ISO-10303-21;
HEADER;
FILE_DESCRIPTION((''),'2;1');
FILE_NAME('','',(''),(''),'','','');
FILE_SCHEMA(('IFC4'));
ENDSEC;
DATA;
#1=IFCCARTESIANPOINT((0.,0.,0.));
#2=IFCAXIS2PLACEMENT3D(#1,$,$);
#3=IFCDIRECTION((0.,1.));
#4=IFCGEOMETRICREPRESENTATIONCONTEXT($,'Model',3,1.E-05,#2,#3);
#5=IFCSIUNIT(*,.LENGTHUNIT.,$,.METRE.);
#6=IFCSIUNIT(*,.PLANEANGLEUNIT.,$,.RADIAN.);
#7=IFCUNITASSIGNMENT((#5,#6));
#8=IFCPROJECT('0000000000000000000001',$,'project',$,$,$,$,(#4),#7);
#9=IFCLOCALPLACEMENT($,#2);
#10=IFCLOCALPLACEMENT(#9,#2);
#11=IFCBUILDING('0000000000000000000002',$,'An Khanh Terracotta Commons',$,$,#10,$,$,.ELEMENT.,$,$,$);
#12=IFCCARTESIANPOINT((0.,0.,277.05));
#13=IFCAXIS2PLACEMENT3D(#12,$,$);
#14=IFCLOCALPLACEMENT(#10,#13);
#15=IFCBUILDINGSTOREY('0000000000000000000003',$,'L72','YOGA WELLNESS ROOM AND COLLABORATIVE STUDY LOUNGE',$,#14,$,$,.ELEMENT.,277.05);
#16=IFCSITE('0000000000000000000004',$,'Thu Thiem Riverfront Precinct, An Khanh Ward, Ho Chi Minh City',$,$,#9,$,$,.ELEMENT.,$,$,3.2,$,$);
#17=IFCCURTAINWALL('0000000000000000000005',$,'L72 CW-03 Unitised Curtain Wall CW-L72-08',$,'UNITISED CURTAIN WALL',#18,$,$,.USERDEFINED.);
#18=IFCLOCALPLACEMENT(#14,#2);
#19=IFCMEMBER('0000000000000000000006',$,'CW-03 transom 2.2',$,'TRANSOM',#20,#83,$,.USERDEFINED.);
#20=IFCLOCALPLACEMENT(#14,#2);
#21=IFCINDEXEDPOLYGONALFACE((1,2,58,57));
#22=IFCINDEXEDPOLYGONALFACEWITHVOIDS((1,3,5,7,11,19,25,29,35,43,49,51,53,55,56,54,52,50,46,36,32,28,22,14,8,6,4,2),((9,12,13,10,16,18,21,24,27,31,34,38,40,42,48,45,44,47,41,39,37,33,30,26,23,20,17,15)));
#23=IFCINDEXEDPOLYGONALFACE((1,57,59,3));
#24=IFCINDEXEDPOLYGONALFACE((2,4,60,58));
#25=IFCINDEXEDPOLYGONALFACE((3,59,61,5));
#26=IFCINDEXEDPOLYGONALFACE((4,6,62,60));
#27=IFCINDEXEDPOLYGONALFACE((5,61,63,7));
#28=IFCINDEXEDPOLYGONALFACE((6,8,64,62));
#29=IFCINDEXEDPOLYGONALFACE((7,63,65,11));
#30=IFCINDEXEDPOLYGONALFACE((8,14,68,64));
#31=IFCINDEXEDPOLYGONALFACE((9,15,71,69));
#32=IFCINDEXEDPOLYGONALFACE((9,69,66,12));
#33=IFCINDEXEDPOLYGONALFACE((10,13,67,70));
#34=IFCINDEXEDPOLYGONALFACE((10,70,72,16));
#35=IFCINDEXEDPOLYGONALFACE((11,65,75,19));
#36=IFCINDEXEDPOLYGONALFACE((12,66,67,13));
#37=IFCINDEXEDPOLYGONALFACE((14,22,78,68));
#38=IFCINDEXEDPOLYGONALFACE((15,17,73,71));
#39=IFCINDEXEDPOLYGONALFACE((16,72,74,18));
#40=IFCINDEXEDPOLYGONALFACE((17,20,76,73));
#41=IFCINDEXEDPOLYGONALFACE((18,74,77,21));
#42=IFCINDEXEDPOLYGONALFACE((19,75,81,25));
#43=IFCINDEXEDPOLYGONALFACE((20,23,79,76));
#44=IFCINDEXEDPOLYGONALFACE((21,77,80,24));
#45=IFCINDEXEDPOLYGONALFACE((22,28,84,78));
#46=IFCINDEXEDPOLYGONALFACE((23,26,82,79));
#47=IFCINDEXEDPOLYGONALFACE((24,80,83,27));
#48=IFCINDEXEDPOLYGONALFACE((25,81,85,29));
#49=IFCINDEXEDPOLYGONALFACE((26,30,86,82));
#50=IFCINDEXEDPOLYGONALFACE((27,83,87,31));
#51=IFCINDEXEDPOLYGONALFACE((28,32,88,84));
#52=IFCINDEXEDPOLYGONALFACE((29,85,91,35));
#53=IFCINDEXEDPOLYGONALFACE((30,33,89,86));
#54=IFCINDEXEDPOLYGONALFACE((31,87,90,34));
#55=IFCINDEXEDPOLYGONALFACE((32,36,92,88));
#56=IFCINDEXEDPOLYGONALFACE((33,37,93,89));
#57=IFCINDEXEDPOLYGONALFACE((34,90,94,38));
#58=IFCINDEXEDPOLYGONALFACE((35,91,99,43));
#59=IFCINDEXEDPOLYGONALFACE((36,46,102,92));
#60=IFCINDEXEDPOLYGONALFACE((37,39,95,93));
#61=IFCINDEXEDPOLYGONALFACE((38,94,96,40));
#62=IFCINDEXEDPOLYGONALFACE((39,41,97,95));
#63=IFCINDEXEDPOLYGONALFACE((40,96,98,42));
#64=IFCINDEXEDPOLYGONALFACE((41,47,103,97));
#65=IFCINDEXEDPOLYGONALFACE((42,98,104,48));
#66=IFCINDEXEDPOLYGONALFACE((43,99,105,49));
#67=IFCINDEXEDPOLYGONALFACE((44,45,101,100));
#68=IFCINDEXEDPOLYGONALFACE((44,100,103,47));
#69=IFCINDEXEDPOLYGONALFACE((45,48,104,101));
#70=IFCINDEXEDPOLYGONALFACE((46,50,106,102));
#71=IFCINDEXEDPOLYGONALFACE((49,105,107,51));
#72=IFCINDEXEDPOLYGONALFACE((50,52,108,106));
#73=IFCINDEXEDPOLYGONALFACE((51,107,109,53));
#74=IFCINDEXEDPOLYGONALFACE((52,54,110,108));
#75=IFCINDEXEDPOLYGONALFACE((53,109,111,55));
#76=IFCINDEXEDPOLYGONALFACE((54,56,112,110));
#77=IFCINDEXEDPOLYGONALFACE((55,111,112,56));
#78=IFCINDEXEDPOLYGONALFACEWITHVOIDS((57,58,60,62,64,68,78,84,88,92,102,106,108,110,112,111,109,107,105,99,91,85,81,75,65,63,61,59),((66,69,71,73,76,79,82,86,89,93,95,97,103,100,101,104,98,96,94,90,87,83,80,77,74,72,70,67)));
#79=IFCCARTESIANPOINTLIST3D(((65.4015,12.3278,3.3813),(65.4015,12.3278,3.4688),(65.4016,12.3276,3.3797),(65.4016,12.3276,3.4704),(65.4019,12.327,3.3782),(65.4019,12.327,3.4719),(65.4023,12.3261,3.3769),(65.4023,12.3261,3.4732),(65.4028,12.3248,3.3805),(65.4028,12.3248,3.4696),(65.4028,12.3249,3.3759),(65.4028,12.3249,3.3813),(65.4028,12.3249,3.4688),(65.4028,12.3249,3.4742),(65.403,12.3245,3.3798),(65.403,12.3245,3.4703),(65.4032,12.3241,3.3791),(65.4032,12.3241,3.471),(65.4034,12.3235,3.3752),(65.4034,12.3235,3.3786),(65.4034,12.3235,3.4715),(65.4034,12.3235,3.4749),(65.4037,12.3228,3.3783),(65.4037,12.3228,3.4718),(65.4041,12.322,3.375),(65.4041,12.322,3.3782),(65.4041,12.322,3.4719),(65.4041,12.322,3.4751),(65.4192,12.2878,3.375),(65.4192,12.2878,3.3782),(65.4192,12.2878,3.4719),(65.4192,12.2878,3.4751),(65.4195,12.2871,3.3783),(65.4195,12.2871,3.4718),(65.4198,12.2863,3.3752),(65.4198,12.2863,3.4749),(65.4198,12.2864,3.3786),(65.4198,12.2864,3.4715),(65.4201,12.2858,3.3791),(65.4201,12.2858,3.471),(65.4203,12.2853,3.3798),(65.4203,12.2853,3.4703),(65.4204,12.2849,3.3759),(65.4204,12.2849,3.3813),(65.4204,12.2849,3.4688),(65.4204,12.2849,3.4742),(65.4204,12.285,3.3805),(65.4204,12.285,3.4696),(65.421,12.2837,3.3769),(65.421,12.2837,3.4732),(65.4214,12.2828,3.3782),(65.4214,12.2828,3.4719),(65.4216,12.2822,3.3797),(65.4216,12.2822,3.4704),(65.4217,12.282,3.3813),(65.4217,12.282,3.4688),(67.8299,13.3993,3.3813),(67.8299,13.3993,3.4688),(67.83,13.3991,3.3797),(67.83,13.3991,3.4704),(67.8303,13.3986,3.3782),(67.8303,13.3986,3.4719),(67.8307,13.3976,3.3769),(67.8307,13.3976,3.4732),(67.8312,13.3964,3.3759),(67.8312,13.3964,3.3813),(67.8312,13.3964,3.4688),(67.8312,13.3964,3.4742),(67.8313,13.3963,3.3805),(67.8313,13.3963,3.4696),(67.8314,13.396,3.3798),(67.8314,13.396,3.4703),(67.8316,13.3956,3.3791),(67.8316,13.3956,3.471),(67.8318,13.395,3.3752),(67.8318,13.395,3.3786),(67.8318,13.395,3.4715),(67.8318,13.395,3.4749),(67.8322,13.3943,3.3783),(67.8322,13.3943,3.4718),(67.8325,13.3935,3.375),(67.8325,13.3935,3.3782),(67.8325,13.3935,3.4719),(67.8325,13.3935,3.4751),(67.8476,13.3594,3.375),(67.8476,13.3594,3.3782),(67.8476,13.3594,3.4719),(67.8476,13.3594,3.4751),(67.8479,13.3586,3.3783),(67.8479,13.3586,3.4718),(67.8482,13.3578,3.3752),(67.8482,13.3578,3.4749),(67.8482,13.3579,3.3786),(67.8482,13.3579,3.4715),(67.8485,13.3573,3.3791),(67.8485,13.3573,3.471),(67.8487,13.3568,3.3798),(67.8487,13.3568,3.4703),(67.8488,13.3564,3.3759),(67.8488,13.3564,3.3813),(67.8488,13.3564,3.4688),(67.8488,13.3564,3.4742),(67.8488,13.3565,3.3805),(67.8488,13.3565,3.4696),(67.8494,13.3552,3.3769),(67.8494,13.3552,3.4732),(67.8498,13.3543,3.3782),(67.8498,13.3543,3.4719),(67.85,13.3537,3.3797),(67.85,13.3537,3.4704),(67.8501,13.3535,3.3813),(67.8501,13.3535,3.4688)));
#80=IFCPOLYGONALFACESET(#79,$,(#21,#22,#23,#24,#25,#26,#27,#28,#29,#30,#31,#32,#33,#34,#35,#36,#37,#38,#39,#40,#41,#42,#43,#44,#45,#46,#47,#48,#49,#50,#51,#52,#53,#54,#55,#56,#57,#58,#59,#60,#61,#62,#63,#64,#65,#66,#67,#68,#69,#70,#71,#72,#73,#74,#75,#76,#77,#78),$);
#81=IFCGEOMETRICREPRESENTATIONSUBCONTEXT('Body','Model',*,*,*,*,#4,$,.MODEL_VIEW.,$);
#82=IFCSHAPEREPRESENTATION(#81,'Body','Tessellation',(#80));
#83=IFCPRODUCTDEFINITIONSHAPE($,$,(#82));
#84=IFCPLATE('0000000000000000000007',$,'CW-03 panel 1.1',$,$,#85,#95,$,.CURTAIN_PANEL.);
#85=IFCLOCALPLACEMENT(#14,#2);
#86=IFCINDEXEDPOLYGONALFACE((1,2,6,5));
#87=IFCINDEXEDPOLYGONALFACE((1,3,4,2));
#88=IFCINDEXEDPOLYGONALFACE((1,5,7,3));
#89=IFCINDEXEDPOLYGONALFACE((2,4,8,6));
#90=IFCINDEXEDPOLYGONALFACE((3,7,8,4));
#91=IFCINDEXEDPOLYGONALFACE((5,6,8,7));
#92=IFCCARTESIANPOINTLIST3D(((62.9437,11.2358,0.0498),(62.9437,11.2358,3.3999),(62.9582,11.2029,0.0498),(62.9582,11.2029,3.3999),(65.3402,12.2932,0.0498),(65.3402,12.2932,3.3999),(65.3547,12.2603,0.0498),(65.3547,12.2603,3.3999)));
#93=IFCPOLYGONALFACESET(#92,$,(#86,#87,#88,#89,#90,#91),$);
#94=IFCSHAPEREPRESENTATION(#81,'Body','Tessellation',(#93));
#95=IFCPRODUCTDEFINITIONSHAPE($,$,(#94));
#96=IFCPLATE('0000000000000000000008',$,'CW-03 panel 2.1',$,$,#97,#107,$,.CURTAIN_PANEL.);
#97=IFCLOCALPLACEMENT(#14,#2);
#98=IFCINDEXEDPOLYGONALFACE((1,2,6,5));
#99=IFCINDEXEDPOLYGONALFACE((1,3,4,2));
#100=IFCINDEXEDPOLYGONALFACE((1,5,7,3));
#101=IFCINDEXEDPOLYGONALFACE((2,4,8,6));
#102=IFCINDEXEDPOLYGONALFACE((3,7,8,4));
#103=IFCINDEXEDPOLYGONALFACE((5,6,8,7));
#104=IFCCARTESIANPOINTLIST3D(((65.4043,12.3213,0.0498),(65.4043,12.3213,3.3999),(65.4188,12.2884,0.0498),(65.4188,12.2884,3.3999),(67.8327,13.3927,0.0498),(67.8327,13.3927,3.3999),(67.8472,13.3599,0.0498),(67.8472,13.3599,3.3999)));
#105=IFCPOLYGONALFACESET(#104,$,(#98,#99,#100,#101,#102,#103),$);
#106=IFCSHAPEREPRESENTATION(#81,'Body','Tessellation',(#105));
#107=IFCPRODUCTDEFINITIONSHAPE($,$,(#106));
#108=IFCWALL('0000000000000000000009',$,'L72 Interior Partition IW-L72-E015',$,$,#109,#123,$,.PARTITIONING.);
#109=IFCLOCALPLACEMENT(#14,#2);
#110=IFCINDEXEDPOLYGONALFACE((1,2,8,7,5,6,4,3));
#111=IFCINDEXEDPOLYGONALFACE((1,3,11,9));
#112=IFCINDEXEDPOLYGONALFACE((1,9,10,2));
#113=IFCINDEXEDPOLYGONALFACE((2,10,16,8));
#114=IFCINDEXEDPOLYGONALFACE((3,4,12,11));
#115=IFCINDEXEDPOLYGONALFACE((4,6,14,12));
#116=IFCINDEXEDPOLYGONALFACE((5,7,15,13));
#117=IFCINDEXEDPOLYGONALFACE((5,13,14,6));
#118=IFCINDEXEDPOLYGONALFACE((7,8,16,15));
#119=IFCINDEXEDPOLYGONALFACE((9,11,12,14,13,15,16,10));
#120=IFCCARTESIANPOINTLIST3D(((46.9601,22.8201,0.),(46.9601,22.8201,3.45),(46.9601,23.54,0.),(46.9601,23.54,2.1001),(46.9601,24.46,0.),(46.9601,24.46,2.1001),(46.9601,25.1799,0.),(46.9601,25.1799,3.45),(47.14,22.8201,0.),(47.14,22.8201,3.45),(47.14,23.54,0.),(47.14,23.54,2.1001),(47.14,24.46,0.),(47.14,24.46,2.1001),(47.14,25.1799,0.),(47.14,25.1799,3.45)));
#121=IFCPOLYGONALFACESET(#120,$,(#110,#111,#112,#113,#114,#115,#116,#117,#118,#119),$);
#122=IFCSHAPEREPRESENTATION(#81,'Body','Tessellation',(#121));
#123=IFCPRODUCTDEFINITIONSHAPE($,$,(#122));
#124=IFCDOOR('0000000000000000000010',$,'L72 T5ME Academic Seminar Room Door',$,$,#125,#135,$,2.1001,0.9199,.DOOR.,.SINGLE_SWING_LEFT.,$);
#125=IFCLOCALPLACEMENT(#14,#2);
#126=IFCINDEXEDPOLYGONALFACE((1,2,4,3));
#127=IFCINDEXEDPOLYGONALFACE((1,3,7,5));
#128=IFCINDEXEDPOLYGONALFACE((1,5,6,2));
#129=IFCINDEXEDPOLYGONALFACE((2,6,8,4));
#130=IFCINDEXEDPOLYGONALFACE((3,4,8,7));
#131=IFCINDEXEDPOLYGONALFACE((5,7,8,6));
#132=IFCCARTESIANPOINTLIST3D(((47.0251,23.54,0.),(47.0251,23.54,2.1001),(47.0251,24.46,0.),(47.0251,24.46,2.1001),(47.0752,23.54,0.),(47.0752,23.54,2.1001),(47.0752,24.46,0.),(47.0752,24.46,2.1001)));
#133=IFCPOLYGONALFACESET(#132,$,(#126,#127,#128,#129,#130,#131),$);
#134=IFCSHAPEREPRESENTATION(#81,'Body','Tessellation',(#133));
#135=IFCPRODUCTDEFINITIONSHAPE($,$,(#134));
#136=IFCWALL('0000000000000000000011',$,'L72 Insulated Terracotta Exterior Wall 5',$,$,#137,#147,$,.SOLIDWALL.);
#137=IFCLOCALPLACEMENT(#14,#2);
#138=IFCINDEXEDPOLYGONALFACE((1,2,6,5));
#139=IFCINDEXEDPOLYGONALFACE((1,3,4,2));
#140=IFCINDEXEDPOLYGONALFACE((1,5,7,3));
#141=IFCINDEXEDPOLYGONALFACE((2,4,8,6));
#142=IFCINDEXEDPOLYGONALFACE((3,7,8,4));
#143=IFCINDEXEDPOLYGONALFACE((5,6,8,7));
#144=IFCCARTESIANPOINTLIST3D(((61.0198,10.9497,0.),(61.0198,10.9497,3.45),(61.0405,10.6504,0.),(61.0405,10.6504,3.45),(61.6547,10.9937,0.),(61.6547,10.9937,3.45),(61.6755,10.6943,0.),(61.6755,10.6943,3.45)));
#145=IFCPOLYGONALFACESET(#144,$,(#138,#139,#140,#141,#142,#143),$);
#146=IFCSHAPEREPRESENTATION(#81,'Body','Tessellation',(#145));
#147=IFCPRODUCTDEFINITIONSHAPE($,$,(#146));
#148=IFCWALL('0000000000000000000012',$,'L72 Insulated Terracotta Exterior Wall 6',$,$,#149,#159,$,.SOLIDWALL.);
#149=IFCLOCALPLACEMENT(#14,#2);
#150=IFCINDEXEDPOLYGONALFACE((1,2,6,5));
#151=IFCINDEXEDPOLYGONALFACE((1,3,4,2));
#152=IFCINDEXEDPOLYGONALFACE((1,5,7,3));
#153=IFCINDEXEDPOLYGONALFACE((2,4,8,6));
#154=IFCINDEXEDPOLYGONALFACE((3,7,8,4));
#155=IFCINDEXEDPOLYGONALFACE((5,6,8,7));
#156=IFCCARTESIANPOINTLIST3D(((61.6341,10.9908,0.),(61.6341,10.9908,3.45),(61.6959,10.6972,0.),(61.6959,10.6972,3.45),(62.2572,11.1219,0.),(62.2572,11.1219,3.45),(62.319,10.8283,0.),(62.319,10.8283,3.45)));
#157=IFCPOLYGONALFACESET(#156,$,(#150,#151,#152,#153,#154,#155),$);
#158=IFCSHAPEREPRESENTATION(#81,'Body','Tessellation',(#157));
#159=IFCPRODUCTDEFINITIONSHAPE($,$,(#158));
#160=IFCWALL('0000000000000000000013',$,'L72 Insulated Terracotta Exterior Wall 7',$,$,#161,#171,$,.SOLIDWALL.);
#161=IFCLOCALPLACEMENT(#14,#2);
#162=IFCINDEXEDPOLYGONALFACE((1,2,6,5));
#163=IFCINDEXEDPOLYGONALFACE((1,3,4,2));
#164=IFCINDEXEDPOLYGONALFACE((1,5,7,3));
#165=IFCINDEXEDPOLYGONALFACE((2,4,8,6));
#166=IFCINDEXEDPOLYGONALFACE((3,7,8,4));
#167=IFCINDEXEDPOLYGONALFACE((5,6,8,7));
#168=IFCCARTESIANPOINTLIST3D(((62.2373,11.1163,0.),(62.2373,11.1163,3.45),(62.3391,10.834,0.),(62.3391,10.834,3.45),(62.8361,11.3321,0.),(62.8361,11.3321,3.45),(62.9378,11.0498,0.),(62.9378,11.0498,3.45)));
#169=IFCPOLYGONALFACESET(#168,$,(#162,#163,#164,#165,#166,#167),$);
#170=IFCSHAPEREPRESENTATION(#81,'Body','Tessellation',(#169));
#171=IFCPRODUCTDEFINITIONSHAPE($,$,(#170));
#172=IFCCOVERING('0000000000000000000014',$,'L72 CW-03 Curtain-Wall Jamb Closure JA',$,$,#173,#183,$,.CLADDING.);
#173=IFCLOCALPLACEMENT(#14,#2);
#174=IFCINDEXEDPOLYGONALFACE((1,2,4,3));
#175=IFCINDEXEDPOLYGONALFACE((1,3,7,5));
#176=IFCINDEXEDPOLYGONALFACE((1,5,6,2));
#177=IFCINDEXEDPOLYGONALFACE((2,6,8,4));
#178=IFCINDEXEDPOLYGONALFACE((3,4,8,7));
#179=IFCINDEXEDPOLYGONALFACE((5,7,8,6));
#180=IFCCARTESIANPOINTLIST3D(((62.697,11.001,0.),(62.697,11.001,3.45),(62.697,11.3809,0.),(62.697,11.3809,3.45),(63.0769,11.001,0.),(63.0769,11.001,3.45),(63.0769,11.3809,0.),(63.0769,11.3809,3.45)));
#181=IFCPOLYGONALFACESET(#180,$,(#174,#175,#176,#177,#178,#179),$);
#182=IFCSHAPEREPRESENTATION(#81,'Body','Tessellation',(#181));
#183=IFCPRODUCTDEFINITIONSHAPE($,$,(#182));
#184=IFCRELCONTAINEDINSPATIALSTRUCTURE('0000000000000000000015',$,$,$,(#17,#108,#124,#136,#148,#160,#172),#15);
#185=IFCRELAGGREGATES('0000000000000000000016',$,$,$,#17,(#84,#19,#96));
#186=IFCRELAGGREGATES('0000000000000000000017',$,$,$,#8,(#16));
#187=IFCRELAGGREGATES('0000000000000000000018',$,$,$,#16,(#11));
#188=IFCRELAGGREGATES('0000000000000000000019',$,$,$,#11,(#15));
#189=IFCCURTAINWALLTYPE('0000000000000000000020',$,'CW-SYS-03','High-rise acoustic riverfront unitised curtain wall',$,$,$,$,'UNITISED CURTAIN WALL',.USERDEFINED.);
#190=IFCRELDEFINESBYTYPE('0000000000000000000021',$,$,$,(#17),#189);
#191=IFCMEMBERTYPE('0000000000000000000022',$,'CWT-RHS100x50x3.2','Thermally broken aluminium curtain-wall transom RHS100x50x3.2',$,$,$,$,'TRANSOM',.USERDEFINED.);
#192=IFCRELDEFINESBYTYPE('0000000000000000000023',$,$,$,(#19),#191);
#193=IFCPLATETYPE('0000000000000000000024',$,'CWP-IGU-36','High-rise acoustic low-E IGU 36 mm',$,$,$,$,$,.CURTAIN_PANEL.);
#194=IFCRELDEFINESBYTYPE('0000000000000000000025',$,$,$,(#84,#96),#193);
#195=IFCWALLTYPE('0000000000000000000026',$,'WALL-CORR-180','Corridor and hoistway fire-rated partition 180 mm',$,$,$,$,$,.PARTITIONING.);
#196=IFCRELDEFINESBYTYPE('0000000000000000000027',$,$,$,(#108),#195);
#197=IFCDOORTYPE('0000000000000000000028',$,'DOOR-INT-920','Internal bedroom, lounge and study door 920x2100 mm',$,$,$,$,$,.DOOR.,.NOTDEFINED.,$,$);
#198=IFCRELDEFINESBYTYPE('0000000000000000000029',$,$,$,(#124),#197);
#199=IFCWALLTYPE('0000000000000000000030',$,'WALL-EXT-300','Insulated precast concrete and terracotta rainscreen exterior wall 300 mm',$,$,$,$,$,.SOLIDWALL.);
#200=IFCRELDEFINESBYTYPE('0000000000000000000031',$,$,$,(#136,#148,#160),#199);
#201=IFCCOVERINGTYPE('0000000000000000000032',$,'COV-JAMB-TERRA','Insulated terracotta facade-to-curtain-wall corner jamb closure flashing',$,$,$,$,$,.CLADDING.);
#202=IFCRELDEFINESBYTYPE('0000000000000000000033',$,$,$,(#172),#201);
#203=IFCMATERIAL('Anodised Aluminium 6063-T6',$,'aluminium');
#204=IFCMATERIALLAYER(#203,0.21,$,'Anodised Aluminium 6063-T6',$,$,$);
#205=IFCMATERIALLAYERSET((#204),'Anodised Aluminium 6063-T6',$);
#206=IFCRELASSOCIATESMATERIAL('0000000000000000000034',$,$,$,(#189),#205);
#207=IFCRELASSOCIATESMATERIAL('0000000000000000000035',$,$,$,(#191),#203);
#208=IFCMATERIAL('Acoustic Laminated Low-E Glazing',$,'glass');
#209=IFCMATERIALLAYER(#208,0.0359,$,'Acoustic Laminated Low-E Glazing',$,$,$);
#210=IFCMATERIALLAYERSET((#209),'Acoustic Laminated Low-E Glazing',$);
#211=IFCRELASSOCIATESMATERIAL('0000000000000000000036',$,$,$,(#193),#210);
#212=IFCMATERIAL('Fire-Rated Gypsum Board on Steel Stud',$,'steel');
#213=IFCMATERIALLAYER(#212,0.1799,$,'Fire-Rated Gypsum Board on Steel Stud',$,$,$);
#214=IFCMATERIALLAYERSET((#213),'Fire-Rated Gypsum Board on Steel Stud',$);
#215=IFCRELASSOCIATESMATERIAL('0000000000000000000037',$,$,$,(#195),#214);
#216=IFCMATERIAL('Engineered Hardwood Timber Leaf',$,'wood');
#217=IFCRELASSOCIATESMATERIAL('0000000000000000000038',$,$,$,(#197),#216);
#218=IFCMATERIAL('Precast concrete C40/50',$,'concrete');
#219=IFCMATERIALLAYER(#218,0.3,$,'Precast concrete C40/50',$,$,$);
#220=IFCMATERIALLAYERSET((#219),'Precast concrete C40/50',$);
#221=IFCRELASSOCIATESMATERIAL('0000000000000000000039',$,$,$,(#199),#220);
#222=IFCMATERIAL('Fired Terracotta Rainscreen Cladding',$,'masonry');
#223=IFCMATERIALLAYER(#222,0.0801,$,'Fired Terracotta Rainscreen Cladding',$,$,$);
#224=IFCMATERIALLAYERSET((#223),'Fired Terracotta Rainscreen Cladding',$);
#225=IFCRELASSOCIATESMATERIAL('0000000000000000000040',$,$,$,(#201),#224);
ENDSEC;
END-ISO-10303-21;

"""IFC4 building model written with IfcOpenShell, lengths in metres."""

from ifc_helpers import new_model, si_unit, direction, frame, frame_2d, origin, origin_2d, place, context, subcontext, project, spatial, rectangle, hollow_rectangle, extrude, material, layer, layer_set, material_profile, profile_set, type_object, element, fill, aggregate, save


model = new_model("IFC4")

# Units and contexts
model_context = context("Model", 3, precision=1e-05, world=origin(), true_north=direction((0.0, 1.0)))
body_context = subcontext(model_context, "Body", "Model", "MODEL_VIEW")
ifc_project = project(units=[si_unit("LENGTHUNIT", "METRE"), si_unit("PLANEANGLEUNIT", "RADIAN")], contexts=[model_context])

# Site, building, storey
site_placement = place(None, origin())
site = spatial("IfcSite", under=ifc_project, at=site_placement, Name="Thu Thiem Riverfront Precinct, An Khanh Ward, Ho Chi Minh City", CompositionType="ELEMENT", RefElevation=3.2)
building_placement = place(site_placement, origin())
building = spatial("IfcBuilding", under=site, at=building_placement, Name="An Khanh Terracotta Commons", CompositionType="ELEMENT")
storey_placement = place(building_placement, frame((0.0, 0.0, 277.05)))
storey = spatial("IfcBuildingStorey", under=building, at=storey_placement, Name="L72", Description="YOGA WELLNESS ROOM AND COLLABORATIVE STUDY LOUNGE", CompositionType="ELEMENT", Elevation=277.05)

# Curtain wall, member, plates
ifc_material_1 = material(Name="Anodised Aluminium 6063-T6", Category="aluminium")
ifc_layer_1 = layer(ifc_material_1, 0.21, Name="Anodised Aluminium 6063-T6")
ifc_layer_set_1 = layer_set([ifc_layer_1], Name="Anodised Aluminium 6063-T6")
curtain_wall_type = type_object("IfcCurtainWallType", Name="CW-SYS-03", Description="High-rise acoustic riverfront unitised curtain wall", ElementType="UNITISED CURTAIN WALL", PredefinedType="USERDEFINED", material=ifc_layer_set_1)
curtain_wall_placement = place(storey_placement, origin())
curtain_wall = element("IfcCurtainWall", 1, at=curtain_wall_placement, inside=storey, type_object=curtain_wall_type, Name="L72 CW-03 Unitised Curtain Wall CW-L72-08", ObjectType="UNITISED CURTAIN WALL", PredefinedType="USERDEFINED")
ifc_material_profile_1 = material_profile(ifc_material_1, hollow_rectangle(XDim=0.05, YDim=0.1001, WallThickness=0.0032, InnerFilletRadius=0.0032, OuterFilletRadius=0.0063, at=origin_2d()), Name="RHS100x50x3.2")
ifc_profile_set_1 = profile_set([ifc_material_profile_1], Name="Anodised Aluminium 6063-T6")
member_type_1 = type_object("IfcMemberType", Name="CWT-RHS100x50x3.2", Description="Thermally broken aluminium curtain-wall transom RHS100x50x3.2", ElementType="TRANSOM", PredefinedType="USERDEFINED", material=ifc_profile_set_1)
member_1_placement = place(storey_placement, frame((65.4116, 12.3049, 3.425), z_axis=(0.914897, 0.403688, 0.0), x_axis=(-0.403688, 0.914897, 0.0)))
member_1 = element("IfcMember", 2, at=member_1_placement, type_object=member_type_1, Name="CW-03 transom 2.2", ObjectType="TRANSOM", PredefinedType="USERDEFINED", context=body_context, shape_type="SweptSolid", body=[
    extrude(hollow_rectangle(XDim=0.05, YDim=0.1001, WallThickness=0.0032, InnerFilletRadius=0.0032, OuterFilletRadius=0.0063, at=origin_2d()), origin(), (0.0, 0.0, 1.0), 2.6543),
])
ifc_material_2 = material(Name="Acoustic Laminated Low-E Glazing", Category="glass")
ifc_layer_2 = layer(ifc_material_2, 0.0359, Name="Acoustic Laminated Low-E Glazing")
ifc_layer_set_2 = layer_set([ifc_layer_2], Name="Acoustic Laminated Low-E Glazing")
plate_type = type_object("IfcPlateType", Name="CWP-IGU-36", Description="High-rise acoustic low-E IGU 36 mm", PredefinedType="CURTAIN_PANEL", material=ifc_layer_set_2)
plate_1_placement = place(storey_placement, frame((64.1492, 11.748, 0.0498), z_axis=(0.0, 0.0, 1.0), x_axis=(0.914902, 0.403676, 0.0)))
plate_1 = element("IfcPlate", 3, at=plate_1_placement, type_object=plate_type, Name="CW-03 panel 1.1", PredefinedType="CURTAIN_PANEL", context=body_context, shape_type="SweptSolid", body=[
    extrude(rectangle(XDim=2.6194, YDim=0.0359, at=origin_2d()), origin(), (0.0, 0.0, 1.0), 3.3501),
])
plate_2_placement = place(storey_placement, frame((66.6257, 12.8406, 0.0498), z_axis=(0.0, 0.0, 1.0), x_axis=(0.914902, 0.403676, 0.0)))
plate_2 = element("IfcPlate", 4, at=plate_2_placement, type_object=plate_type, Name="CW-03 panel 2.1", PredefinedType="CURTAIN_PANEL", context=body_context, shape_type="SweptSolid", body=[
    extrude(rectangle(XDim=2.6543, YDim=0.0359, at=origin_2d()), origin(), (0.0, 0.0, 1.0), 3.3501),
])
aggregate(curtain_wall, [plate_1, member_1, plate_2])

# Wall, opening, door
ifc_material_3 = material(Name="Fire-Rated Gypsum Board on Steel Stud", Category="steel")
ifc_layer_3 = layer(ifc_material_3, 0.1799, Name="Fire-Rated Gypsum Board on Steel Stud")
ifc_layer_set_3 = layer_set([ifc_layer_3], Name="Fire-Rated Gypsum Board on Steel Stud")
wall_type_1 = type_object("IfcWallType", Name="WALL-CORR-180", Description="Corridor and hoistway fire-rated partition 180 mm", PredefinedType="PARTITIONING", material=ifc_layer_set_3)
wall_1_placement = place(storey_placement, frame((47.05, 22.8201, 0.0), z_axis=(0.0, 0.0, 1.0), x_axis=(0.0, 1.0, 0.0)))
wall_1 = element("IfcWall", 5, at=wall_1_placement, inside=storey, type_object=wall_type_1, Name="L72 Interior Partition IW-L72-E015", PredefinedType="PARTITIONING", context=body_context, shape_type="SweptSolid", body=[
    extrude(rectangle(XDim=2.3599, YDim=0.1799, at=frame_2d((1.1799, 0.0))), origin(), (0.0, 0.0, 1.0), 3.45),
])
opening_placement = place(wall_1_placement, frame((0.72, 0.0, 0.0)))
opening = element("IfcOpeningElement", 6, at=opening_placement, cuts=wall_1, PredefinedType="OPENING", context=body_context, shape_type="SweptSolid", body=[
    extrude(rectangle(XDim=0.9199, YDim=2.1001, at=frame_2d((0.46, 1.05))), frame((0.0, 0.0999, 0.0), z_axis=(0.0, -1.0, 0.0), x_axis=(1.0, 0.0, 0.0)), (0.0, 0.0, 1.0), 0.2),
])
ifc_material_4 = material(Name="Engineered Hardwood Timber Leaf", Category="wood")
door_type = type_object("IfcDoorType", Name="DOOR-INT-920", Description="Internal bedroom, lounge and study door 920x2100 mm", OperationType="NOTDEFINED", PredefinedType="DOOR", material=ifc_material_4)
door_placement = place(opening_placement, origin())
door = element("IfcDoor", 7, at=door_placement, inside=storey, type_object=door_type, Name="L72 T5ME Academic Seminar Room Door", OperationType="SINGLE_SWING_LEFT", OverallHeight=2.1001, OverallWidth=0.9199, PredefinedType="DOOR", context=body_context, shape_type="SweptSolid", body=[
    extrude(rectangle(XDim=0.9199, YDim=2.1001, at=frame_2d((0.46, 1.05))), frame((0.0, 0.0249, 0.0), z_axis=(0.0, -1.0, 0.0), x_axis=(1.0, 0.0, 0.0)), (0.0, 0.0, 1.0), 0.05),
])
fill(opening, door)

# Walls
ifc_material_5 = material(Name="Precast concrete C40/50", Category="concrete")
ifc_layer_4 = layer(ifc_material_5, 0.3, Name="Precast concrete C40/50")
ifc_layer_set_4 = layer_set([ifc_layer_4], Name="Precast concrete C40/50")
wall_type_2 = type_object("IfcWallType", Name="WALL-EXT-300", Description="Insulated precast concrete and terracotta rainscreen exterior wall 300 mm", PredefinedType="SOLIDWALL", material=ifc_layer_set_4)
wall_2_placement = place(storey_placement, frame((61.03, 10.8, 0.0), z_axis=(0.0, 0.0, 1.0), x_axis=(0.997614, 0.069039, 0.0)))
element("IfcWall", 8, at=wall_2_placement, inside=storey, type_object=wall_type_2, Name="L72 Insulated Terracotta Exterior Wall 5", PredefinedType="SOLIDWALL", context=body_context, shape_type="SweptSolid", body=[
    extrude(rectangle(XDim=0.6365, YDim=0.3, at=frame_2d((0.3184, 0.0))), origin(), (0.0, 0.0, 1.0), 3.45),
])
wall_3_placement = place(storey_placement, frame((61.665, 10.844, 0.0), z_axis=(0.0, 0.0, 1.0), x_axis=(0.97857, 0.205914, 0.0)))
element("IfcWall", 9, at=wall_3_placement, inside=storey, type_object=wall_type_2, Name="L72 Insulated Terracotta Exterior Wall 6", PredefinedType="SOLIDWALL", context=body_context, shape_type="SweptSolid", body=[
    extrude(rectangle(XDim=0.6367, YDim=0.3, at=frame_2d((0.3184, 0.0))), origin(), (0.0, 0.0, 1.0), 3.45),
])
wall_4_placement = place(storey_placement, frame((62.2881, 10.9751, 0.0), z_axis=(0.0, 0.0, 1.0), x_axis=(0.940775, 0.339032, 0.0)))
element("IfcWall", 10, at=wall_4_placement, inside=storey, type_object=wall_type_2, Name="L72 Insulated Terracotta Exterior Wall 7", PredefinedType="SOLIDWALL", context=body_context, shape_type="SweptSolid", body=[
    extrude(rectangle(XDim=0.6365, YDim=0.3, at=frame_2d((0.3184, 0.0))), origin(), (0.0, 0.0, 1.0), 3.45),
])

# Covering
ifc_material_6 = material(Name="Fired Terracotta Rainscreen Cladding", Category="masonry")
ifc_layer_5 = layer(ifc_material_6, 0.0801, Name="Fired Terracotta Rainscreen Cladding")
ifc_layer_set_5 = layer_set([ifc_layer_5], Name="Fired Terracotta Rainscreen Cladding")
covering_type = type_object("IfcCoveringType", Name="COV-JAMB-TERRA", Description="Insulated terracotta facade-to-curtain-wall corner jamb closure flashing", PredefinedType="CLADDING", material=ifc_layer_set_5)
covering_placement = place(storey_placement, frame((62.887, 11.1909, 0.0), z_axis=(0.0, 0.0, 1.0), x_axis=(1.0, 0.0, 0.0)))
element("IfcCovering", 11, at=covering_placement, inside=storey, type_object=covering_type, Name="L72 CW-03 Curtain-Wall Jamb Closure JA", PredefinedType="CLADDING", context=body_context, shape_type="SweptSolid", body=[
    extrude(rectangle(XDim=0.3799, YDim=0.3799, at=origin_2d()), origin(), (0.0, 0.0, 1.0), 3.45),
])

save(model, "model.ifc")
